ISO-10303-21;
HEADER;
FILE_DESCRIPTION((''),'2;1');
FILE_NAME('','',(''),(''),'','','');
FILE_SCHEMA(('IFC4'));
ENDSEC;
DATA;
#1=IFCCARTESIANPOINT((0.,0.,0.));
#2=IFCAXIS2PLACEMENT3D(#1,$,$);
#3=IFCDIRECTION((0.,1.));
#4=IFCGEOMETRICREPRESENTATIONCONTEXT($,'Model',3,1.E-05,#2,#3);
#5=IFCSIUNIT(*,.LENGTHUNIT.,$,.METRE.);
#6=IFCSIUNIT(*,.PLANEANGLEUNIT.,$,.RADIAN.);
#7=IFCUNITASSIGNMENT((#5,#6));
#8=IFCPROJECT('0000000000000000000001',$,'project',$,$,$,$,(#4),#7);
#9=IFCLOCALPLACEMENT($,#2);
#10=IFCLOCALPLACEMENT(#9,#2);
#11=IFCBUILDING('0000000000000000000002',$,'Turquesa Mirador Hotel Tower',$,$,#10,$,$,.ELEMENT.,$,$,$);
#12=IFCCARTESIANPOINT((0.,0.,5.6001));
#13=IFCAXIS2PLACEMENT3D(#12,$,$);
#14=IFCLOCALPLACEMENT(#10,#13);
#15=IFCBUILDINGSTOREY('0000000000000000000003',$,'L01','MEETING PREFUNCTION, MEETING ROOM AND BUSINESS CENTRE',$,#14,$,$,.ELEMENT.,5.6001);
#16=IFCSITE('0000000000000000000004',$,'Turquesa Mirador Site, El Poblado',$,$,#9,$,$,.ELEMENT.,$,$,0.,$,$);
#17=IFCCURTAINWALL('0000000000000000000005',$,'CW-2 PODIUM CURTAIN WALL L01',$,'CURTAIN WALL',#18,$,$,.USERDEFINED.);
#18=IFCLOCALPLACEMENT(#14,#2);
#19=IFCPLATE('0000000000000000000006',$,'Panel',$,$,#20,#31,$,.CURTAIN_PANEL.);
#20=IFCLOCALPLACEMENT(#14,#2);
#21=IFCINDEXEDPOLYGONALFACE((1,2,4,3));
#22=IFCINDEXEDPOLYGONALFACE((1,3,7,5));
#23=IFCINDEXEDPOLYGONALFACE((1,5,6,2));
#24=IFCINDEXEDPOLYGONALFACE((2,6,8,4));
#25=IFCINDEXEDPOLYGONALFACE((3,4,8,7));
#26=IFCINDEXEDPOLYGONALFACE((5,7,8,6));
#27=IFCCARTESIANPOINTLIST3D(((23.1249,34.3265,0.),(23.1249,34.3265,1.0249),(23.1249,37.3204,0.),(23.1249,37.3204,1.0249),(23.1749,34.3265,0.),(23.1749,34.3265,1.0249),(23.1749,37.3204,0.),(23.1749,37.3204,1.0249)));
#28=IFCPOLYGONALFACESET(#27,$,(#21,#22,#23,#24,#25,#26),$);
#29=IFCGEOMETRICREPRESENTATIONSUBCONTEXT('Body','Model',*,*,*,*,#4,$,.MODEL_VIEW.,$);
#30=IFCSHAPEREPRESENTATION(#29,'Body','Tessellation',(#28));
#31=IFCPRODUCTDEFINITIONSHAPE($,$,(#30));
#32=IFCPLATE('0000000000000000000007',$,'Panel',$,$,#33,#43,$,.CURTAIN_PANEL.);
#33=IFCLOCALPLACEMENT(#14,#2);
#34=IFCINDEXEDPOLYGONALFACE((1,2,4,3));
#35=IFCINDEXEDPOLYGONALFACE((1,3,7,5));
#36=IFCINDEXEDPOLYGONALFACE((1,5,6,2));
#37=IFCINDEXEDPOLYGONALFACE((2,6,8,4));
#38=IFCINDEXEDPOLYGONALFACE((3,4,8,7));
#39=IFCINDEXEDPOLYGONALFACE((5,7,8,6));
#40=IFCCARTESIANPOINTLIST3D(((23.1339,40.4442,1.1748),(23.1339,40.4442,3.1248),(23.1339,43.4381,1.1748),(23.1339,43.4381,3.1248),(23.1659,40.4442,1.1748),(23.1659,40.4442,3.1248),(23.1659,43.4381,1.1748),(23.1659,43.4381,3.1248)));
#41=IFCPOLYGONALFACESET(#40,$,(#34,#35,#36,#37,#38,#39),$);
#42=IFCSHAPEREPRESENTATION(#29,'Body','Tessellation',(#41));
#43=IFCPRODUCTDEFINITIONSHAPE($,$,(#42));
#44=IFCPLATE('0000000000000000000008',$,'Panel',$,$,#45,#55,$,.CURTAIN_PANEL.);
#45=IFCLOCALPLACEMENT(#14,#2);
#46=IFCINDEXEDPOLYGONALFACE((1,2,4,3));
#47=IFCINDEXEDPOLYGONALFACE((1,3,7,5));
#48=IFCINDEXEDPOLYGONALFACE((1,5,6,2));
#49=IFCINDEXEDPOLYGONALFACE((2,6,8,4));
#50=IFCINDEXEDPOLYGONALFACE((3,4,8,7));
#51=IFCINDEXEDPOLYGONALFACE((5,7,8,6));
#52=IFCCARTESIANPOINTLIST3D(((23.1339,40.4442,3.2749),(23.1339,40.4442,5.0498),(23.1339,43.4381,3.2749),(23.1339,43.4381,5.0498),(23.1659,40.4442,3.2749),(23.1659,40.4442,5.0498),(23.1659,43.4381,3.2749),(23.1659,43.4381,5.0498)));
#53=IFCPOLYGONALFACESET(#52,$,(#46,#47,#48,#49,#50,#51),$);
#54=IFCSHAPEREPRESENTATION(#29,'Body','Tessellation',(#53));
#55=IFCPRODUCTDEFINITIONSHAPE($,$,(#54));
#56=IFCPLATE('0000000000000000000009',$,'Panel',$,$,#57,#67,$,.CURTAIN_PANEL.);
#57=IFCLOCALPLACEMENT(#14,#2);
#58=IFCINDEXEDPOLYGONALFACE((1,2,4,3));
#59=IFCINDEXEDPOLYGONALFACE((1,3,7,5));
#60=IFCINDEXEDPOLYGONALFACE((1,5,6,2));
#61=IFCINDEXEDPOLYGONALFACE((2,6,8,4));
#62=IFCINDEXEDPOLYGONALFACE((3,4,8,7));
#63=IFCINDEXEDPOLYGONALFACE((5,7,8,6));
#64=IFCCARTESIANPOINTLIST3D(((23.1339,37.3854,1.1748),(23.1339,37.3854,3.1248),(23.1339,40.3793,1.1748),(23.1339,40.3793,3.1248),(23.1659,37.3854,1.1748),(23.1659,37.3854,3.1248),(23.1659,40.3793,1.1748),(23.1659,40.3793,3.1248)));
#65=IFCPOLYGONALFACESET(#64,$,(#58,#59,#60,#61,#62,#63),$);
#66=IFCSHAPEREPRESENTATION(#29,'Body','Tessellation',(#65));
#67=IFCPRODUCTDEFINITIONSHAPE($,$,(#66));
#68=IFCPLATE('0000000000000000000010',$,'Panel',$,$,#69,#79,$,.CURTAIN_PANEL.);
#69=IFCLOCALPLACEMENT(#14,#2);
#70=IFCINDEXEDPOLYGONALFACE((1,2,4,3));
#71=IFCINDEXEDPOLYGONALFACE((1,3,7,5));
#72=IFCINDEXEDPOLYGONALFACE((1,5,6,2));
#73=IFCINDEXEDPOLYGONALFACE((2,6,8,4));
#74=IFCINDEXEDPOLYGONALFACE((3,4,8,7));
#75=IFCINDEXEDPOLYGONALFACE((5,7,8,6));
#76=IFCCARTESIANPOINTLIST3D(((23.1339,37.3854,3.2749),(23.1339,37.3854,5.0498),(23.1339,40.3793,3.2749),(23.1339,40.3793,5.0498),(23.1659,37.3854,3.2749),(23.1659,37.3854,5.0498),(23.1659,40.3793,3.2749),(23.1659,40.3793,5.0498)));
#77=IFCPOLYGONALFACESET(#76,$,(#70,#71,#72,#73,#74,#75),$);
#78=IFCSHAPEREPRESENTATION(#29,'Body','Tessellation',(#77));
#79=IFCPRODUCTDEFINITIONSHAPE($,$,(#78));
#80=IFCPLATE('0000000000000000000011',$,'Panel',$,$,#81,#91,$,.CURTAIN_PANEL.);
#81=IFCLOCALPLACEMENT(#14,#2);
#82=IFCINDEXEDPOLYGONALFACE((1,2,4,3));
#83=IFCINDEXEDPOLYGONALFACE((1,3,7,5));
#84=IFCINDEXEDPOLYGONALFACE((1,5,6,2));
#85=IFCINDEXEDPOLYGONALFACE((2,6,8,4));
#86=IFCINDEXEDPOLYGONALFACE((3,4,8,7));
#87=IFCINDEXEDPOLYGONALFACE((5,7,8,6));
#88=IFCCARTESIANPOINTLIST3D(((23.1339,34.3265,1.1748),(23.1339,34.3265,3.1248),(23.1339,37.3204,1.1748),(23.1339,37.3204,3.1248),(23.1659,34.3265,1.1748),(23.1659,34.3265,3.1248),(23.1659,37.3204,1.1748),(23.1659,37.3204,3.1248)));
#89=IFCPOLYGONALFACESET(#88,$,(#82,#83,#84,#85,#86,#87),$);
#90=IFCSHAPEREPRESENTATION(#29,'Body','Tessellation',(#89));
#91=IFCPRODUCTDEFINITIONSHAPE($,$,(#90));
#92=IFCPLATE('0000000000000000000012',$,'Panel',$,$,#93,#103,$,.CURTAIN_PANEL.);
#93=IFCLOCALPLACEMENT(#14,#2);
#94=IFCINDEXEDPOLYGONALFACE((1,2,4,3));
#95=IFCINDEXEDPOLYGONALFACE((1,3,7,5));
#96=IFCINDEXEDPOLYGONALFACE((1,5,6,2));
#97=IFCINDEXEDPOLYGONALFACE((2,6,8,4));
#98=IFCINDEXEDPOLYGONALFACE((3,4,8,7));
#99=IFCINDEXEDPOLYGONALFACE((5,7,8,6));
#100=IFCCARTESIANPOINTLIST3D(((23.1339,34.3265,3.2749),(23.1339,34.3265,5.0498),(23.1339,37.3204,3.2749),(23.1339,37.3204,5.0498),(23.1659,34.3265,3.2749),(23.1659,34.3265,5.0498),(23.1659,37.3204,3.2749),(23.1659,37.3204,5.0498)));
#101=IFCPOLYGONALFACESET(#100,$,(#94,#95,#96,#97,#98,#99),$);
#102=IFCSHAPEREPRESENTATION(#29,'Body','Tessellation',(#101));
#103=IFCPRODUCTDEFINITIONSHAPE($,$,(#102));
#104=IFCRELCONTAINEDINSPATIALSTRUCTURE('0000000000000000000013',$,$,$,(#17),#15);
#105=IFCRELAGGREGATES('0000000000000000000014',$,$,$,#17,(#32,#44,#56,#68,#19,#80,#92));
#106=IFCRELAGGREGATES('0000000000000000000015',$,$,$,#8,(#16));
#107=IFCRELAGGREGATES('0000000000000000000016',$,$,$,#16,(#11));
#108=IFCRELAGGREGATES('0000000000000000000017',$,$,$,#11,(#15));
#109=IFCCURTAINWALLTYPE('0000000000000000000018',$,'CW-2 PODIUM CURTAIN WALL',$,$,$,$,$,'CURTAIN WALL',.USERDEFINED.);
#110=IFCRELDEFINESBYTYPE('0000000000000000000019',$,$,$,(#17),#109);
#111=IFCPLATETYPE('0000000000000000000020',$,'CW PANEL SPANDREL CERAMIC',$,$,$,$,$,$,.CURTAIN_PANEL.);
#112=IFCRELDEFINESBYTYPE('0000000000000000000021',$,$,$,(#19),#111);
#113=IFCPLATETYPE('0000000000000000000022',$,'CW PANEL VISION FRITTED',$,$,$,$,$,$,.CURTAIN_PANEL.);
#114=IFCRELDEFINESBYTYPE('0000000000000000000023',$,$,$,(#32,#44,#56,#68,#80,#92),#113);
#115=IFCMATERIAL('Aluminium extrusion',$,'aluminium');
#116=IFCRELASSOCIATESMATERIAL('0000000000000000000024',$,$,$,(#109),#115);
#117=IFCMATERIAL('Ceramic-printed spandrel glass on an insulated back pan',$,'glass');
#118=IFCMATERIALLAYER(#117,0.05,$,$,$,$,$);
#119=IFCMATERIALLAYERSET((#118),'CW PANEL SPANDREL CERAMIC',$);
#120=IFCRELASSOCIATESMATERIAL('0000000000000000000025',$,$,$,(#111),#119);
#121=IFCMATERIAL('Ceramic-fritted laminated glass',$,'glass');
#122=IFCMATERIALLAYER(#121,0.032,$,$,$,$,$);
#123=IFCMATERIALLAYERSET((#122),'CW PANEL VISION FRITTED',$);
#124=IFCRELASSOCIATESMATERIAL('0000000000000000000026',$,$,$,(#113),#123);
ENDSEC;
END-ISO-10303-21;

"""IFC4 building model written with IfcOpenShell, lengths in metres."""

from ifc_helpers import new_model, si_unit, direction, frame, origin, origin_2d, place, context, subcontext, project, spatial, rectangle, extrude, material, layer, layer_set, type_object, element, aggregate, save


model = new_model("IFC4")

# Units and contexts
model_context = context("Model", 3, precision=1e-05, world=origin(), true_north=direction((0.0, 1.0)))
body_context = subcontext(model_context, "Body", "Model", "MODEL_VIEW")
ifc_project = project(units=[si_unit("LENGTHUNIT", "METRE"), si_unit("PLANEANGLEUNIT", "RADIAN")], contexts=[model_context])

# Site, building, storey
site_placement = place(None, origin())
site = spatial("IfcSite", under=ifc_project, at=site_placement, Name="Turquesa Mirador Site, El Poblado", CompositionType="ELEMENT", RefElevation=0.0)
building_placement = place(site_placement, origin())
building = spatial("IfcBuilding", under=site, at=building_placement, Name="Turquesa Mirador Hotel Tower", CompositionType="ELEMENT")
storey_placement = place(building_placement, frame((0.0, 0.0, 5.6001)))
storey = spatial("IfcBuildingStorey", under=building, at=storey_placement, Name="L01", Description="MEETING PREFUNCTION, MEETING ROOM AND BUSINESS CENTRE", CompositionType="ELEMENT", Elevation=5.6001)

# Curtain wall, plates
ifc_material_1 = material(Name="Aluminium extrusion", Category="aluminium")
curtain_wall_type = type_object("IfcCurtainWallType", Name="CW-2 PODIUM CURTAIN WALL", ElementType="CURTAIN WALL", PredefinedType="USERDEFINED", material=ifc_material_1)
curtain_wall_placement = place(storey_placement, origin())
curtain_wall = element("IfcCurtainWall", 1, at=curtain_wall_placement, inside=storey, type_object=curtain_wall_type, Name="CW-2 PODIUM CURTAIN WALL L01", ObjectType="CURTAIN WALL", PredefinedType="USERDEFINED")
ifc_material_2 = material(Name="Ceramic-printed spandrel glass on an insulated back pan", Category="glass")
ifc_layer_1 = layer(ifc_material_2, 0.05)
ifc_layer_set_1 = layer_set([ifc_layer_1], Name="CW PANEL SPANDREL CERAMIC")
plate_type_1 = type_object("IfcPlateType", Name="CW PANEL SPANDREL CERAMIC", PredefinedType="CURTAIN_PANEL", material=ifc_layer_set_1)
plate_1_placement = place(storey_placement, frame((23.1499, 35.8235, 0.0), z_axis=(0.0, 0.0, 1.0), x_axis=(0.0, -1.0, 0.0)))
plate_1 = element("IfcPlate", 2, at=plate_1_placement, type_object=plate_type_1, Name="Panel", PredefinedType="CURTAIN_PANEL", context=body_context, shape_type="SweptSolid", body=[
    extrude(rectangle(XDim=2.9939, YDim=0.05, at=origin_2d()), origin(), (0.0, 0.0, 1.0), 1.0249),
])
ifc_material_3 = material(Name="Ceramic-fritted laminated glass", Category="glass")
ifc_layer_2 = layer(ifc_material_3, 0.032)
ifc_layer_set_2 = layer_set([ifc_layer_2], Name="CW PANEL VISION FRITTED")
plate_type_2 = type_object("IfcPlateType", Name="CW PANEL VISION FRITTED", PredefinedType="CURTAIN_PANEL", material=ifc_layer_set_2)
plate_2_placement = place(storey_placement, frame((23.1499, 41.9412, 1.1748), z_axis=(0.0, 0.0, 1.0), x_axis=(0.0, -1.0, 0.0)))
plate_2 = element("IfcPlate", 3, at=plate_2_placement, type_object=plate_type_2, Name="Panel", PredefinedType="CURTAIN_PANEL", context=body_context, shape_type="SweptSolid", body=[
    extrude(rectangle(XDim=2.9939, YDim=0.032, at=origin_2d()), origin(), (0.0, 0.0, 1.0), 1.95),
])
plate_3_placement = place(storey_placement, frame((23.1499, 41.9412, 3.2749), z_axis=(0.0, 0.0, 1.0), x_axis=(0.0, -1.0, 0.0)))
plate_3 = element("IfcPlate", 4, at=plate_3_placement, type_object=plate_type_2, Name="Panel", PredefinedType="CURTAIN_PANEL", context=body_context, shape_type="SweptSolid", body=[
    extrude(rectangle(XDim=2.9939, YDim=0.032, at=origin_2d()), origin(), (0.0, 0.0, 1.0), 1.7749),
])
plate_4_placement = place(storey_placement, frame((23.1499, 38.8823, 1.1748), z_axis=(0.0, 0.0, 1.0), x_axis=(0.0, -1.0, 0.0)))
plate_4 = element("IfcPlate", 5, at=plate_4_placement, type_object=plate_type_2, Name="Panel", PredefinedType="CURTAIN_PANEL", context=body_context, shape_type="SweptSolid", body=[
    extrude(rectangle(XDim=2.9939, YDim=0.032, at=origin_2d()), origin(), (0.0, 0.0, 1.0), 1.95),
])
plate_5_placement = place(storey_placement, frame((23.1499, 38.8823, 3.2749), z_axis=(0.0, 0.0, 1.0), x_axis=(0.0, -1.0, 0.0)))
plate_5 = element("IfcPlate", 6, at=plate_5_placement, type_object=plate_type_2, Name="Panel", PredefinedType="CURTAIN_PANEL", context=body_context, shape_type="SweptSolid", body=[
    extrude(rectangle(XDim=2.9939, YDim=0.032, at=origin_2d()), origin(), (0.0, 0.0, 1.0), 1.7749),
])
plate_6_placement = place(storey_placement, frame((23.1499, 35.8235, 1.1748), z_axis=(0.0, 0.0, 1.0), x_axis=(0.0, -1.0, 0.0)))
plate_6 = element("IfcPlate", 7, at=plate_6_placement, type_object=plate_type_2, Name="Panel", PredefinedType="CURTAIN_PANEL", context=body_context, shape_type="SweptSolid", body=[
    extrude(rectangle(XDim=2.9939, YDim=0.032, at=origin_2d()), origin(), (0.0, 0.0, 1.0), 1.95),
])
plate_7_placement = place(storey_placement, frame((23.1499, 35.8235, 3.2749), z_axis=(0.0, 0.0, 1.0), x_axis=(0.0, -1.0, 0.0)))
plate_7 = element("IfcPlate", 8, at=plate_7_placement, type_object=plate_type_2, Name="Panel", PredefinedType="CURTAIN_PANEL", context=body_context, shape_type="SweptSolid", body=[
    extrude(rectangle(XDim=2.9939, YDim=0.032, at=origin_2d()), origin(), (0.0, 0.0, 1.0), 1.7749),
])
aggregate(curtain_wall, [plate_2, plate_3, plate_4, plate_5, plate_1, plate_6, plate_7])

save(model, "model.ifc")
